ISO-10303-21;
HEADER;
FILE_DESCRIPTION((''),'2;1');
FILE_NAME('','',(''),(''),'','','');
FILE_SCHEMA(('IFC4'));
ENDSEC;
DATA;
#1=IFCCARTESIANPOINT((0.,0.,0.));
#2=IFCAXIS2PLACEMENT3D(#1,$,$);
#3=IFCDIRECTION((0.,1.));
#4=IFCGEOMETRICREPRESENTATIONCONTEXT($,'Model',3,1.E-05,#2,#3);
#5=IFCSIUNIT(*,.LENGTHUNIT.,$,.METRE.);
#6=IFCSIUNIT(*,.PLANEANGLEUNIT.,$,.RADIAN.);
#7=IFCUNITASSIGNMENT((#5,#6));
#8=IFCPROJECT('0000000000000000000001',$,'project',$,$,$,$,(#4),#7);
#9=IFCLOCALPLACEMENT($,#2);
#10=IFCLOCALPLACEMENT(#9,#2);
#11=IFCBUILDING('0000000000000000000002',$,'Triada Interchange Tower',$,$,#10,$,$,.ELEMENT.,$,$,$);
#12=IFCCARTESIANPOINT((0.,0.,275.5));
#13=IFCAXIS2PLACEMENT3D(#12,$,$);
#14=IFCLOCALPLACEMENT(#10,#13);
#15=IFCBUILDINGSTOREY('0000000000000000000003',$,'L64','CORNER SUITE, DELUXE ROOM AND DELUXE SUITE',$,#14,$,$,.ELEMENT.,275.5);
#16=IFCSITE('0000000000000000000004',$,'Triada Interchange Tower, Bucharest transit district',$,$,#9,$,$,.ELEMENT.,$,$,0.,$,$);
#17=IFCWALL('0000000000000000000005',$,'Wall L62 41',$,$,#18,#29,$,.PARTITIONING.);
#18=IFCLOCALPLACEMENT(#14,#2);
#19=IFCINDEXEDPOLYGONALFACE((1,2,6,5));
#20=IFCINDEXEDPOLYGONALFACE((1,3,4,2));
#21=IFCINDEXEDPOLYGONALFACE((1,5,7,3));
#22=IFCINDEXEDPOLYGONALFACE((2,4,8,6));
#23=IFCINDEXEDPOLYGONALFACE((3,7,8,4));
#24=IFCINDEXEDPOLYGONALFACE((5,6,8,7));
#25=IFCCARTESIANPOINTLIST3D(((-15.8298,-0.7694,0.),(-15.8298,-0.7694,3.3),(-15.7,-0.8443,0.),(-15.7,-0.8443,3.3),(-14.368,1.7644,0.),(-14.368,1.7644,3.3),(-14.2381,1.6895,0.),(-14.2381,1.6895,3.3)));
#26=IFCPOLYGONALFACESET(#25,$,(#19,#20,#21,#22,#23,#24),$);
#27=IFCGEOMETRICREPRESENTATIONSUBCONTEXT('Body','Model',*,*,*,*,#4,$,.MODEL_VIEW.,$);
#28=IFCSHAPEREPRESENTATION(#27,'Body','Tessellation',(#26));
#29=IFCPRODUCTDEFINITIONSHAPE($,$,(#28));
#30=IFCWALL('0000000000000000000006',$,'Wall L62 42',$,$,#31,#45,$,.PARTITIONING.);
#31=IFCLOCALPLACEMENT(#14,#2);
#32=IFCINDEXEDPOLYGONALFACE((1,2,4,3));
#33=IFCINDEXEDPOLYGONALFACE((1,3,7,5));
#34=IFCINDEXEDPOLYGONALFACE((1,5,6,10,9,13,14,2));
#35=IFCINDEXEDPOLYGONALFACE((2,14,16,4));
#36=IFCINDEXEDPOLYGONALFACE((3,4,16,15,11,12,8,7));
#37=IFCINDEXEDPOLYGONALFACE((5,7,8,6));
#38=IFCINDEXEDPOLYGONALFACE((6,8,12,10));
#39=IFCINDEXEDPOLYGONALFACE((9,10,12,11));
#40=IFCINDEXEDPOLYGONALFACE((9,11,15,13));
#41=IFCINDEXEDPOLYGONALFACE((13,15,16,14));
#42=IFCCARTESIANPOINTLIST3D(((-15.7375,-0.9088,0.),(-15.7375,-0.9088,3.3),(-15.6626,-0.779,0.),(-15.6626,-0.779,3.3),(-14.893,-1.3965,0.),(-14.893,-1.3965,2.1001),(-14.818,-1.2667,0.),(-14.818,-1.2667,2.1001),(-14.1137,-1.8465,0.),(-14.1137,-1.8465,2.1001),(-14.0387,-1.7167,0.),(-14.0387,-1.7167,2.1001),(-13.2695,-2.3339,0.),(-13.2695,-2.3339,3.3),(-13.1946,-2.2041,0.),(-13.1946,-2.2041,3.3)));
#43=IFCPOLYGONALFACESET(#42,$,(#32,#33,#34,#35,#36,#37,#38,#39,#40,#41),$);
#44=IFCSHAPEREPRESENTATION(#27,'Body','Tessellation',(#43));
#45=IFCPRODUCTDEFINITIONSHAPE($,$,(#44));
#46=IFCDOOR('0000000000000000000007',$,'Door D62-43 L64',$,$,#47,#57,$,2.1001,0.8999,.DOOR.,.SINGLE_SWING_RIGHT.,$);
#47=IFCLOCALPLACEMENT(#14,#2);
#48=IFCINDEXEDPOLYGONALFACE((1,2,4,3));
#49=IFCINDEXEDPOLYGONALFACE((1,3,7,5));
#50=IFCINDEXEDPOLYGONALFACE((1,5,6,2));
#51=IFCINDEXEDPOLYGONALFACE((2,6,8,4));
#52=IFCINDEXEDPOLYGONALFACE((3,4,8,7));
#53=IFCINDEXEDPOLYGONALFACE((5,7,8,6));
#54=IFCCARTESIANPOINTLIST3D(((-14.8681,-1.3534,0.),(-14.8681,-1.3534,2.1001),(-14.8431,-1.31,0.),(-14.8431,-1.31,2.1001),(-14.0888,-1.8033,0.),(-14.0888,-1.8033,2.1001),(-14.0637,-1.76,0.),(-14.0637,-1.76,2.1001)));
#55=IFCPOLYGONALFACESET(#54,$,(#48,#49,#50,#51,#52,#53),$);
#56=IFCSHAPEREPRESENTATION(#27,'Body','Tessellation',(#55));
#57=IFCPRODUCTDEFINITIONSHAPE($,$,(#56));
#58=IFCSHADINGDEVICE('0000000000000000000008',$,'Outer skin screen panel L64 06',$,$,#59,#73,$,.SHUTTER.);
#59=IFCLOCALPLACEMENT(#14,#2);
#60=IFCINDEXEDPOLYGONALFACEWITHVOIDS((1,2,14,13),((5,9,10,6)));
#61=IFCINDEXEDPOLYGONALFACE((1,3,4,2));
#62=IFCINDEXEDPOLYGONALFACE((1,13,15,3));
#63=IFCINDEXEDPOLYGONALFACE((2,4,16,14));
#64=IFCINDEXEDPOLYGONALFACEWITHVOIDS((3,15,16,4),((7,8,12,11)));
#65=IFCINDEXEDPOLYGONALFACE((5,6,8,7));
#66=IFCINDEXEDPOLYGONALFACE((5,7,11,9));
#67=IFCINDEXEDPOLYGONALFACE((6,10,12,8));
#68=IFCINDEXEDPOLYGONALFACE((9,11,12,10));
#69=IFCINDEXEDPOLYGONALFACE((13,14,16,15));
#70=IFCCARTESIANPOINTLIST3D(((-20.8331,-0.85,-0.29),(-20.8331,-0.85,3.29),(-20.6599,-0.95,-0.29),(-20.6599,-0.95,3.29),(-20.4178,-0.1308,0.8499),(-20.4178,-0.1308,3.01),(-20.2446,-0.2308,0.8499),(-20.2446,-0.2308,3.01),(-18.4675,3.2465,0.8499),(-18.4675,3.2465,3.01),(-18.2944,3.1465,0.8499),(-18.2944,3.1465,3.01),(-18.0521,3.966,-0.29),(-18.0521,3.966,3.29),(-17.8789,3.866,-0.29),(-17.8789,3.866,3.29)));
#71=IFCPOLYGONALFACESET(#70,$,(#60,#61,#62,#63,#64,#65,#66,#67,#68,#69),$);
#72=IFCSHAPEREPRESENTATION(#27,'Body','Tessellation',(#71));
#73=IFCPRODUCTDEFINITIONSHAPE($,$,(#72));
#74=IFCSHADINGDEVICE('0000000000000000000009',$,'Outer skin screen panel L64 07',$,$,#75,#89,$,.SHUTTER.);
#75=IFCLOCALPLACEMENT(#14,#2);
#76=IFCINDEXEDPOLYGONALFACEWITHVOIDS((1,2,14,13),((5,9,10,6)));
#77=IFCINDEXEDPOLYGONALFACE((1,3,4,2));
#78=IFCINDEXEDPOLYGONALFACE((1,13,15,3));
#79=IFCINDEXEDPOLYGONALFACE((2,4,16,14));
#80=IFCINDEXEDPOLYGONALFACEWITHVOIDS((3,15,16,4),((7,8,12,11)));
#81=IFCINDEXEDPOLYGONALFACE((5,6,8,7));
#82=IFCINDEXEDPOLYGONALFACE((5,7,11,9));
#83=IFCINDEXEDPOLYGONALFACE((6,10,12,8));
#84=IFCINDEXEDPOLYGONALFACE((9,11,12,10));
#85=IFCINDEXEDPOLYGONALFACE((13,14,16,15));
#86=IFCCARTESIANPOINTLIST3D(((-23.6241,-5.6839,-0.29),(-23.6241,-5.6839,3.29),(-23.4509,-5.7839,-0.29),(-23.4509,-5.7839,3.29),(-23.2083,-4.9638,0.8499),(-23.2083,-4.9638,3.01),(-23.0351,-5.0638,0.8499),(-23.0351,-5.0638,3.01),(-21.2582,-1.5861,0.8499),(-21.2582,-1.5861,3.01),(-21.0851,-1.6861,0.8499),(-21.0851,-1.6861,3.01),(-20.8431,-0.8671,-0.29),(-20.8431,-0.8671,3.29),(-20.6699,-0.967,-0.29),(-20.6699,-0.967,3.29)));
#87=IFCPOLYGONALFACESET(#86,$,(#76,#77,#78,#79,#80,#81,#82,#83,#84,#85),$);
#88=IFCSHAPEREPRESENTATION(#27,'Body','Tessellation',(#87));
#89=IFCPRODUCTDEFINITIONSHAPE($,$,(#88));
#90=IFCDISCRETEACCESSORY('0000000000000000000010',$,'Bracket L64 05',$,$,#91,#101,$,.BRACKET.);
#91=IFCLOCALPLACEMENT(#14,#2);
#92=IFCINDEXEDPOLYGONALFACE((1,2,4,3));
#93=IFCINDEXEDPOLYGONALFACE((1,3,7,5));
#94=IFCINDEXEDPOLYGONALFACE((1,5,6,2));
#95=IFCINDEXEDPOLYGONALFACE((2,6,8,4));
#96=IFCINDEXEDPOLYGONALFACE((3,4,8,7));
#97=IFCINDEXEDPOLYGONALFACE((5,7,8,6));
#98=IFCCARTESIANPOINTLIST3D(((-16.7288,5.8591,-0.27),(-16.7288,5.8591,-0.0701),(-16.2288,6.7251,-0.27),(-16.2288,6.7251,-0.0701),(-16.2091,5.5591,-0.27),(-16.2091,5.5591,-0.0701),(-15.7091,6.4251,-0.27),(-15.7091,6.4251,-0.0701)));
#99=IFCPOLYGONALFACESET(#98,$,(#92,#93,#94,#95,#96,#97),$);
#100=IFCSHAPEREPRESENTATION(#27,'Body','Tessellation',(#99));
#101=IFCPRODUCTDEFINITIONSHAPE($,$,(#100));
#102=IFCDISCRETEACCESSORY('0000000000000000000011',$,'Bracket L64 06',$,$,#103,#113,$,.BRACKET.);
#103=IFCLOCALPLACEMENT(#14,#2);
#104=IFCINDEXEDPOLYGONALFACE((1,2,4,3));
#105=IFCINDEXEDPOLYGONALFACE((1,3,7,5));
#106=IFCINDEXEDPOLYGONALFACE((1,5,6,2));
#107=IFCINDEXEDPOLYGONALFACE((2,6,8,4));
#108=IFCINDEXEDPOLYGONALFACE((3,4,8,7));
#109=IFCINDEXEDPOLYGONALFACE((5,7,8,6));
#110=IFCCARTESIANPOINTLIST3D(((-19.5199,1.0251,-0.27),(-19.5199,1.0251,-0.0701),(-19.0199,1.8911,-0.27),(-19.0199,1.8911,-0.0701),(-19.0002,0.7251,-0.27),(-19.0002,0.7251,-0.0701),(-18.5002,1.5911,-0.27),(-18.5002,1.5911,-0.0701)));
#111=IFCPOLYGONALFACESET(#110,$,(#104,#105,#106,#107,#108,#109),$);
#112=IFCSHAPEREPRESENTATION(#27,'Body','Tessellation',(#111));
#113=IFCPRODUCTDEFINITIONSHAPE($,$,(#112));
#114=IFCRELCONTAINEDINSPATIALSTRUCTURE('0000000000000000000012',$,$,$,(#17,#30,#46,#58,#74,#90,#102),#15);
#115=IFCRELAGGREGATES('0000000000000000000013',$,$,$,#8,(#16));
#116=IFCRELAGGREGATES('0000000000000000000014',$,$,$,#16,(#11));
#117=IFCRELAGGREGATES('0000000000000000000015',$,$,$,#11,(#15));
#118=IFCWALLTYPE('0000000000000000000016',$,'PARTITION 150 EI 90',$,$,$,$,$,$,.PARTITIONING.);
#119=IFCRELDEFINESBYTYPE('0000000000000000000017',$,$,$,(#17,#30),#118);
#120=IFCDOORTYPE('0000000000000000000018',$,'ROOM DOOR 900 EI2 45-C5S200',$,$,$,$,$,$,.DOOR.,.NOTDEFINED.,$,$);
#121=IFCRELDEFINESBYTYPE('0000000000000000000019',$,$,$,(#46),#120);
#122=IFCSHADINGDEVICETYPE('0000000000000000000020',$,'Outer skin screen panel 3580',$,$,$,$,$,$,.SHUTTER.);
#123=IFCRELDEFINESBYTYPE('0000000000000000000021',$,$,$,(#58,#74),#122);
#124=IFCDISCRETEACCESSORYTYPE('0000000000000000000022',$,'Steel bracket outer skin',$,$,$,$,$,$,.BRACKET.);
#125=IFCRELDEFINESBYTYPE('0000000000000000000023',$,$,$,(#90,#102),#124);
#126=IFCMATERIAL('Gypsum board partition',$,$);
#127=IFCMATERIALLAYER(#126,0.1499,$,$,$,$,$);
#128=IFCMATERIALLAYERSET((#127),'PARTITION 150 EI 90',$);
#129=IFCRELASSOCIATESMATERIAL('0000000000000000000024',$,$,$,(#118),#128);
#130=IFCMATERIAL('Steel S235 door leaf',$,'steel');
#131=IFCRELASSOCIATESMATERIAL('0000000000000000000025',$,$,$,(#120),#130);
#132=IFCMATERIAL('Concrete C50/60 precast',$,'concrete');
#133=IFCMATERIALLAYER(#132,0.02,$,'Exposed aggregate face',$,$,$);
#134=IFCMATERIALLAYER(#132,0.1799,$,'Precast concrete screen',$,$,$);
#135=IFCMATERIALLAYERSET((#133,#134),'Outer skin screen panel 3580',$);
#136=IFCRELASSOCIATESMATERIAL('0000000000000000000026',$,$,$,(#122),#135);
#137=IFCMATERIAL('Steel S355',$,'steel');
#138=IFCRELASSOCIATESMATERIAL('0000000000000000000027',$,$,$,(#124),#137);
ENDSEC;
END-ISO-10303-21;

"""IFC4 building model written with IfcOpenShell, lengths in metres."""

from ifc_helpers import new_model, si_unit, direction, frame, frame_2d, origin, origin_2d, place, context, subcontext, project, spatial, polyline, rectangle, outline, extrude, material, layer, layer_set, type_object, element, fill, save


model = new_model("IFC4")

# Units and contexts
model_context = context("Model", 3, precision=1e-05, world=origin(), true_north=direction((0.0, 1.0)))
body_context = subcontext(model_context, "Body", "Model", "MODEL_VIEW")
ifc_project = project(units=[si_unit("LENGTHUNIT", "METRE"), si_unit("PLANEANGLEUNIT", "RADIAN")], contexts=[model_context])

# Site, building, storey
site_placement = place(None, origin())
site = spatial("IfcSite", under=ifc_project, at=site_placement, Name="Triada Interchange Tower, Bucharest transit district", CompositionType="ELEMENT", RefElevation=0.0)
building_placement = place(site_placement, origin())
building = spatial("IfcBuilding", under=site, at=building_placement, Name="Triada Interchange Tower", CompositionType="ELEMENT")
storey_placement = place(building_placement, frame((0.0, 0.0, 275.5)))
storey = spatial("IfcBuildingStorey", under=building, at=storey_placement, Name="L64", Description="CORNER SUITE, DELUXE ROOM AND DELUXE SUITE", CompositionType="ELEMENT", Elevation=275.5)

# Shared definitions
ifc_material_1 = material(Name="Gypsum board partition")

# Shared definitions
ifc_layer_1 = layer(ifc_material_1, 0.1499)
ifc_layer_set_1 = layer_set([ifc_layer_1], Name="PARTITION 150 EI 90")
wall_type_1 = type_object("IfcWallType", Name="PARTITION 150 EI 90", PredefinedType="PARTITIONING", material=ifc_layer_set_1)
ifc_material_2 = material(Name="Steel S235 door leaf", Category="steel")
door_type = type_object("IfcDoorType", Name="ROOM DOOR 900 EI2 45-C5S200", OperationType="NOTDEFINED", PredefinedType="DOOR", material=ifc_material_2)

# Wall
wall_1_placement = place(storey_placement, frame((-15.7649, -0.8069, 0.0), z_axis=(0.0, 0.0, 1.0), x_axis=(0.49973, 0.866181, 0.0)))
element("IfcWall", 1, at=wall_1_placement, inside=storey, type_object=wall_type_1, Name="Wall L62 41", PredefinedType="PARTITIONING", context=body_context, shape_type="SweptSolid", body=[
    extrude(rectangle(XDim=2.9253, YDim=0.1499, at=frame_2d((1.4626, 0.0))), origin(), (0.0, 0.0, 1.0), 3.3),
])

# Wall, opening, door
wall_2_placement = place(storey_placement, frame((-15.7, -0.844, 0.0), z_axis=(0.0, 0.0, 1.0), x_axis=(0.866004, -0.500036, 0.0)))
wall_2 = element("IfcWall", 2, at=wall_2_placement, inside=storey, type_object=wall_type_1, Name="Wall L62 42", PredefinedType="PARTITIONING", context=body_context, shape_type="SweptSolid", body=[
    extrude(rectangle(XDim=2.8499, YDim=0.1499, at=frame_2d((1.4248, 0.0))), origin(), (0.0, 0.0, 1.0), 3.3),
])
opening_1_placement = place(wall_2_placement, frame((0.9751, 0.0, 0.0)))
opening_1 = element("IfcOpeningElement", 3, at=opening_1_placement, cuts=wall_2, PredefinedType="OPENING", context=body_context, shape_type="SweptSolid", body=[
    extrude(rectangle(XDim=0.8999, YDim=2.1001, at=frame_2d((0.45, 1.05))), frame((0.0, 0.085, 0.0), z_axis=(0.0, -1.0, 0.0), x_axis=(1.0, 0.0, 0.0)), (0.0, 0.0, 1.0), 0.1699),
])
door_1_placement = place(opening_1_placement, origin())
door_1 = element("IfcDoor", 4, at=door_1_placement, inside=storey, type_object=door_type, Name="Door D62-43 L64", OperationType="SINGLE_SWING_RIGHT", OverallHeight=2.1001, OverallWidth=0.8999, PredefinedType="DOOR", context=body_context, shape_type="SweptSolid", body=[
    extrude(rectangle(XDim=0.8999, YDim=2.1001, at=frame_2d((0.45, 1.05))), frame((0.0, 0.0249, 0.0), z_axis=(0.0, -1.0, 0.0), x_axis=(1.0, 0.0, 0.0)), (0.0, 0.0, 1.0), 0.05),
])
fill(opening_1, door_1)

# Shading devices
ifc_material_3 = material(Name="Concrete C50/60 precast", Category="concrete")
ifc_layer_2 = layer(ifc_material_3, 0.02, Name="Exposed aggregate face")
ifc_layer_3 = layer(ifc_material_3, 0.1799, Name="Precast concrete screen")
ifc_layer_set_2 = layer_set([ifc_layer_2, ifc_layer_3], Name="Outer skin screen panel 3580")
shading_device_type = type_object("IfcShadingDeviceType", Name="Outer skin screen panel 3580", PredefinedType="SHUTTER", material=ifc_layer_set_2)
shading_device_1_placement = place(storey_placement, frame((-17.8789, 3.866, -0.29), z_axis=(0.0, 0.0, 1.0), x_axis=(-0.500072, -0.865984, 0.0)))
element("IfcShadingDevice", 5, at=shading_device_1_placement, inside=storey, type_object=shading_device_type, Name="Outer skin screen panel L64 06", PredefinedType="SHUTTER", context=body_context, shape_type="SweptSolid", body=[
    extrude(outline(polyline([(0.0, 0.0), (5.5613, 0.0), (5.5613, 3.5801), (0.0, 3.5801), (0.0, 0.0)]), holes=[polyline([(0.8308, 1.1399), (0.8308, 3.3), (4.7307, 3.3), (4.7307, 1.1399), (0.8308, 1.1399)])]), frame((0.0, 0.0, 0.0), z_axis=(0.0, -1.0, 0.0), x_axis=(1.0, 0.0, 0.0)), (0.0, 0.0, 1.0), 0.2),
])
shading_device_2_placement = place(storey_placement, frame((-20.6699, -0.967, -0.29), z_axis=(0.0, 0.0, 1.0), x_axis=(-0.499996, -0.866028, 0.0)))
element("IfcShadingDevice", 6, at=shading_device_2_placement, inside=storey, type_object=shading_device_type, Name="Outer skin screen panel L64 07", PredefinedType="SHUTTER", context=body_context, shape_type="SweptSolid", body=[
    extrude(outline(polyline([(0.0, 0.0), (5.562, 0.0), (5.562, 3.5801), (0.0, 3.5801), (0.0, 0.0)]), holes=[polyline([(0.8303, 1.1399), (0.8303, 3.3), (4.7305, 3.3), (4.7305, 1.1399), (0.8303, 1.1399)])]), frame((0.0, 0.0, 0.0), z_axis=(0.0, -1.0, 0.0), x_axis=(1.0, 0.0, 0.0)), (0.0, 0.0, 1.0), 0.2),
])

# Discrete accessories
ifc_material_4 = material(Name="Steel S355", Category="steel")
discrete_accessory_type = type_object("IfcDiscreteAccessoryType", Name="Steel bracket outer skin", PredefinedType="BRACKET", material=ifc_material_4)
for number, where, z_axis, x_axis, name in (
    (7, (-16.219, 6.1421, -0.27), (0.0, 0.0, 1.0), (-0.866029, 0.499994, 0.0), "Bracket L64 05"),
    (8, (-19.01, 1.3081, -0.27), (0.0, 0.0, 1.0), (-0.866029, 0.499994, 0.0), "Bracket L64 06"),
):
    element("IfcDiscreteAccessory", number, at=place(storey_placement, frame(where, z_axis=z_axis, x_axis=x_axis)), inside=storey, type_object=discrete_accessory_type, Name=name, PredefinedType="BRACKET", context=body_context, shape_type="SweptSolid", body=[
        extrude(rectangle(XDim=0.6001, YDim=1.0, at=origin_2d()), origin(), (0.0, 0.0, 1.0), 0.2),
    ])

save(model, "model.ifc")
